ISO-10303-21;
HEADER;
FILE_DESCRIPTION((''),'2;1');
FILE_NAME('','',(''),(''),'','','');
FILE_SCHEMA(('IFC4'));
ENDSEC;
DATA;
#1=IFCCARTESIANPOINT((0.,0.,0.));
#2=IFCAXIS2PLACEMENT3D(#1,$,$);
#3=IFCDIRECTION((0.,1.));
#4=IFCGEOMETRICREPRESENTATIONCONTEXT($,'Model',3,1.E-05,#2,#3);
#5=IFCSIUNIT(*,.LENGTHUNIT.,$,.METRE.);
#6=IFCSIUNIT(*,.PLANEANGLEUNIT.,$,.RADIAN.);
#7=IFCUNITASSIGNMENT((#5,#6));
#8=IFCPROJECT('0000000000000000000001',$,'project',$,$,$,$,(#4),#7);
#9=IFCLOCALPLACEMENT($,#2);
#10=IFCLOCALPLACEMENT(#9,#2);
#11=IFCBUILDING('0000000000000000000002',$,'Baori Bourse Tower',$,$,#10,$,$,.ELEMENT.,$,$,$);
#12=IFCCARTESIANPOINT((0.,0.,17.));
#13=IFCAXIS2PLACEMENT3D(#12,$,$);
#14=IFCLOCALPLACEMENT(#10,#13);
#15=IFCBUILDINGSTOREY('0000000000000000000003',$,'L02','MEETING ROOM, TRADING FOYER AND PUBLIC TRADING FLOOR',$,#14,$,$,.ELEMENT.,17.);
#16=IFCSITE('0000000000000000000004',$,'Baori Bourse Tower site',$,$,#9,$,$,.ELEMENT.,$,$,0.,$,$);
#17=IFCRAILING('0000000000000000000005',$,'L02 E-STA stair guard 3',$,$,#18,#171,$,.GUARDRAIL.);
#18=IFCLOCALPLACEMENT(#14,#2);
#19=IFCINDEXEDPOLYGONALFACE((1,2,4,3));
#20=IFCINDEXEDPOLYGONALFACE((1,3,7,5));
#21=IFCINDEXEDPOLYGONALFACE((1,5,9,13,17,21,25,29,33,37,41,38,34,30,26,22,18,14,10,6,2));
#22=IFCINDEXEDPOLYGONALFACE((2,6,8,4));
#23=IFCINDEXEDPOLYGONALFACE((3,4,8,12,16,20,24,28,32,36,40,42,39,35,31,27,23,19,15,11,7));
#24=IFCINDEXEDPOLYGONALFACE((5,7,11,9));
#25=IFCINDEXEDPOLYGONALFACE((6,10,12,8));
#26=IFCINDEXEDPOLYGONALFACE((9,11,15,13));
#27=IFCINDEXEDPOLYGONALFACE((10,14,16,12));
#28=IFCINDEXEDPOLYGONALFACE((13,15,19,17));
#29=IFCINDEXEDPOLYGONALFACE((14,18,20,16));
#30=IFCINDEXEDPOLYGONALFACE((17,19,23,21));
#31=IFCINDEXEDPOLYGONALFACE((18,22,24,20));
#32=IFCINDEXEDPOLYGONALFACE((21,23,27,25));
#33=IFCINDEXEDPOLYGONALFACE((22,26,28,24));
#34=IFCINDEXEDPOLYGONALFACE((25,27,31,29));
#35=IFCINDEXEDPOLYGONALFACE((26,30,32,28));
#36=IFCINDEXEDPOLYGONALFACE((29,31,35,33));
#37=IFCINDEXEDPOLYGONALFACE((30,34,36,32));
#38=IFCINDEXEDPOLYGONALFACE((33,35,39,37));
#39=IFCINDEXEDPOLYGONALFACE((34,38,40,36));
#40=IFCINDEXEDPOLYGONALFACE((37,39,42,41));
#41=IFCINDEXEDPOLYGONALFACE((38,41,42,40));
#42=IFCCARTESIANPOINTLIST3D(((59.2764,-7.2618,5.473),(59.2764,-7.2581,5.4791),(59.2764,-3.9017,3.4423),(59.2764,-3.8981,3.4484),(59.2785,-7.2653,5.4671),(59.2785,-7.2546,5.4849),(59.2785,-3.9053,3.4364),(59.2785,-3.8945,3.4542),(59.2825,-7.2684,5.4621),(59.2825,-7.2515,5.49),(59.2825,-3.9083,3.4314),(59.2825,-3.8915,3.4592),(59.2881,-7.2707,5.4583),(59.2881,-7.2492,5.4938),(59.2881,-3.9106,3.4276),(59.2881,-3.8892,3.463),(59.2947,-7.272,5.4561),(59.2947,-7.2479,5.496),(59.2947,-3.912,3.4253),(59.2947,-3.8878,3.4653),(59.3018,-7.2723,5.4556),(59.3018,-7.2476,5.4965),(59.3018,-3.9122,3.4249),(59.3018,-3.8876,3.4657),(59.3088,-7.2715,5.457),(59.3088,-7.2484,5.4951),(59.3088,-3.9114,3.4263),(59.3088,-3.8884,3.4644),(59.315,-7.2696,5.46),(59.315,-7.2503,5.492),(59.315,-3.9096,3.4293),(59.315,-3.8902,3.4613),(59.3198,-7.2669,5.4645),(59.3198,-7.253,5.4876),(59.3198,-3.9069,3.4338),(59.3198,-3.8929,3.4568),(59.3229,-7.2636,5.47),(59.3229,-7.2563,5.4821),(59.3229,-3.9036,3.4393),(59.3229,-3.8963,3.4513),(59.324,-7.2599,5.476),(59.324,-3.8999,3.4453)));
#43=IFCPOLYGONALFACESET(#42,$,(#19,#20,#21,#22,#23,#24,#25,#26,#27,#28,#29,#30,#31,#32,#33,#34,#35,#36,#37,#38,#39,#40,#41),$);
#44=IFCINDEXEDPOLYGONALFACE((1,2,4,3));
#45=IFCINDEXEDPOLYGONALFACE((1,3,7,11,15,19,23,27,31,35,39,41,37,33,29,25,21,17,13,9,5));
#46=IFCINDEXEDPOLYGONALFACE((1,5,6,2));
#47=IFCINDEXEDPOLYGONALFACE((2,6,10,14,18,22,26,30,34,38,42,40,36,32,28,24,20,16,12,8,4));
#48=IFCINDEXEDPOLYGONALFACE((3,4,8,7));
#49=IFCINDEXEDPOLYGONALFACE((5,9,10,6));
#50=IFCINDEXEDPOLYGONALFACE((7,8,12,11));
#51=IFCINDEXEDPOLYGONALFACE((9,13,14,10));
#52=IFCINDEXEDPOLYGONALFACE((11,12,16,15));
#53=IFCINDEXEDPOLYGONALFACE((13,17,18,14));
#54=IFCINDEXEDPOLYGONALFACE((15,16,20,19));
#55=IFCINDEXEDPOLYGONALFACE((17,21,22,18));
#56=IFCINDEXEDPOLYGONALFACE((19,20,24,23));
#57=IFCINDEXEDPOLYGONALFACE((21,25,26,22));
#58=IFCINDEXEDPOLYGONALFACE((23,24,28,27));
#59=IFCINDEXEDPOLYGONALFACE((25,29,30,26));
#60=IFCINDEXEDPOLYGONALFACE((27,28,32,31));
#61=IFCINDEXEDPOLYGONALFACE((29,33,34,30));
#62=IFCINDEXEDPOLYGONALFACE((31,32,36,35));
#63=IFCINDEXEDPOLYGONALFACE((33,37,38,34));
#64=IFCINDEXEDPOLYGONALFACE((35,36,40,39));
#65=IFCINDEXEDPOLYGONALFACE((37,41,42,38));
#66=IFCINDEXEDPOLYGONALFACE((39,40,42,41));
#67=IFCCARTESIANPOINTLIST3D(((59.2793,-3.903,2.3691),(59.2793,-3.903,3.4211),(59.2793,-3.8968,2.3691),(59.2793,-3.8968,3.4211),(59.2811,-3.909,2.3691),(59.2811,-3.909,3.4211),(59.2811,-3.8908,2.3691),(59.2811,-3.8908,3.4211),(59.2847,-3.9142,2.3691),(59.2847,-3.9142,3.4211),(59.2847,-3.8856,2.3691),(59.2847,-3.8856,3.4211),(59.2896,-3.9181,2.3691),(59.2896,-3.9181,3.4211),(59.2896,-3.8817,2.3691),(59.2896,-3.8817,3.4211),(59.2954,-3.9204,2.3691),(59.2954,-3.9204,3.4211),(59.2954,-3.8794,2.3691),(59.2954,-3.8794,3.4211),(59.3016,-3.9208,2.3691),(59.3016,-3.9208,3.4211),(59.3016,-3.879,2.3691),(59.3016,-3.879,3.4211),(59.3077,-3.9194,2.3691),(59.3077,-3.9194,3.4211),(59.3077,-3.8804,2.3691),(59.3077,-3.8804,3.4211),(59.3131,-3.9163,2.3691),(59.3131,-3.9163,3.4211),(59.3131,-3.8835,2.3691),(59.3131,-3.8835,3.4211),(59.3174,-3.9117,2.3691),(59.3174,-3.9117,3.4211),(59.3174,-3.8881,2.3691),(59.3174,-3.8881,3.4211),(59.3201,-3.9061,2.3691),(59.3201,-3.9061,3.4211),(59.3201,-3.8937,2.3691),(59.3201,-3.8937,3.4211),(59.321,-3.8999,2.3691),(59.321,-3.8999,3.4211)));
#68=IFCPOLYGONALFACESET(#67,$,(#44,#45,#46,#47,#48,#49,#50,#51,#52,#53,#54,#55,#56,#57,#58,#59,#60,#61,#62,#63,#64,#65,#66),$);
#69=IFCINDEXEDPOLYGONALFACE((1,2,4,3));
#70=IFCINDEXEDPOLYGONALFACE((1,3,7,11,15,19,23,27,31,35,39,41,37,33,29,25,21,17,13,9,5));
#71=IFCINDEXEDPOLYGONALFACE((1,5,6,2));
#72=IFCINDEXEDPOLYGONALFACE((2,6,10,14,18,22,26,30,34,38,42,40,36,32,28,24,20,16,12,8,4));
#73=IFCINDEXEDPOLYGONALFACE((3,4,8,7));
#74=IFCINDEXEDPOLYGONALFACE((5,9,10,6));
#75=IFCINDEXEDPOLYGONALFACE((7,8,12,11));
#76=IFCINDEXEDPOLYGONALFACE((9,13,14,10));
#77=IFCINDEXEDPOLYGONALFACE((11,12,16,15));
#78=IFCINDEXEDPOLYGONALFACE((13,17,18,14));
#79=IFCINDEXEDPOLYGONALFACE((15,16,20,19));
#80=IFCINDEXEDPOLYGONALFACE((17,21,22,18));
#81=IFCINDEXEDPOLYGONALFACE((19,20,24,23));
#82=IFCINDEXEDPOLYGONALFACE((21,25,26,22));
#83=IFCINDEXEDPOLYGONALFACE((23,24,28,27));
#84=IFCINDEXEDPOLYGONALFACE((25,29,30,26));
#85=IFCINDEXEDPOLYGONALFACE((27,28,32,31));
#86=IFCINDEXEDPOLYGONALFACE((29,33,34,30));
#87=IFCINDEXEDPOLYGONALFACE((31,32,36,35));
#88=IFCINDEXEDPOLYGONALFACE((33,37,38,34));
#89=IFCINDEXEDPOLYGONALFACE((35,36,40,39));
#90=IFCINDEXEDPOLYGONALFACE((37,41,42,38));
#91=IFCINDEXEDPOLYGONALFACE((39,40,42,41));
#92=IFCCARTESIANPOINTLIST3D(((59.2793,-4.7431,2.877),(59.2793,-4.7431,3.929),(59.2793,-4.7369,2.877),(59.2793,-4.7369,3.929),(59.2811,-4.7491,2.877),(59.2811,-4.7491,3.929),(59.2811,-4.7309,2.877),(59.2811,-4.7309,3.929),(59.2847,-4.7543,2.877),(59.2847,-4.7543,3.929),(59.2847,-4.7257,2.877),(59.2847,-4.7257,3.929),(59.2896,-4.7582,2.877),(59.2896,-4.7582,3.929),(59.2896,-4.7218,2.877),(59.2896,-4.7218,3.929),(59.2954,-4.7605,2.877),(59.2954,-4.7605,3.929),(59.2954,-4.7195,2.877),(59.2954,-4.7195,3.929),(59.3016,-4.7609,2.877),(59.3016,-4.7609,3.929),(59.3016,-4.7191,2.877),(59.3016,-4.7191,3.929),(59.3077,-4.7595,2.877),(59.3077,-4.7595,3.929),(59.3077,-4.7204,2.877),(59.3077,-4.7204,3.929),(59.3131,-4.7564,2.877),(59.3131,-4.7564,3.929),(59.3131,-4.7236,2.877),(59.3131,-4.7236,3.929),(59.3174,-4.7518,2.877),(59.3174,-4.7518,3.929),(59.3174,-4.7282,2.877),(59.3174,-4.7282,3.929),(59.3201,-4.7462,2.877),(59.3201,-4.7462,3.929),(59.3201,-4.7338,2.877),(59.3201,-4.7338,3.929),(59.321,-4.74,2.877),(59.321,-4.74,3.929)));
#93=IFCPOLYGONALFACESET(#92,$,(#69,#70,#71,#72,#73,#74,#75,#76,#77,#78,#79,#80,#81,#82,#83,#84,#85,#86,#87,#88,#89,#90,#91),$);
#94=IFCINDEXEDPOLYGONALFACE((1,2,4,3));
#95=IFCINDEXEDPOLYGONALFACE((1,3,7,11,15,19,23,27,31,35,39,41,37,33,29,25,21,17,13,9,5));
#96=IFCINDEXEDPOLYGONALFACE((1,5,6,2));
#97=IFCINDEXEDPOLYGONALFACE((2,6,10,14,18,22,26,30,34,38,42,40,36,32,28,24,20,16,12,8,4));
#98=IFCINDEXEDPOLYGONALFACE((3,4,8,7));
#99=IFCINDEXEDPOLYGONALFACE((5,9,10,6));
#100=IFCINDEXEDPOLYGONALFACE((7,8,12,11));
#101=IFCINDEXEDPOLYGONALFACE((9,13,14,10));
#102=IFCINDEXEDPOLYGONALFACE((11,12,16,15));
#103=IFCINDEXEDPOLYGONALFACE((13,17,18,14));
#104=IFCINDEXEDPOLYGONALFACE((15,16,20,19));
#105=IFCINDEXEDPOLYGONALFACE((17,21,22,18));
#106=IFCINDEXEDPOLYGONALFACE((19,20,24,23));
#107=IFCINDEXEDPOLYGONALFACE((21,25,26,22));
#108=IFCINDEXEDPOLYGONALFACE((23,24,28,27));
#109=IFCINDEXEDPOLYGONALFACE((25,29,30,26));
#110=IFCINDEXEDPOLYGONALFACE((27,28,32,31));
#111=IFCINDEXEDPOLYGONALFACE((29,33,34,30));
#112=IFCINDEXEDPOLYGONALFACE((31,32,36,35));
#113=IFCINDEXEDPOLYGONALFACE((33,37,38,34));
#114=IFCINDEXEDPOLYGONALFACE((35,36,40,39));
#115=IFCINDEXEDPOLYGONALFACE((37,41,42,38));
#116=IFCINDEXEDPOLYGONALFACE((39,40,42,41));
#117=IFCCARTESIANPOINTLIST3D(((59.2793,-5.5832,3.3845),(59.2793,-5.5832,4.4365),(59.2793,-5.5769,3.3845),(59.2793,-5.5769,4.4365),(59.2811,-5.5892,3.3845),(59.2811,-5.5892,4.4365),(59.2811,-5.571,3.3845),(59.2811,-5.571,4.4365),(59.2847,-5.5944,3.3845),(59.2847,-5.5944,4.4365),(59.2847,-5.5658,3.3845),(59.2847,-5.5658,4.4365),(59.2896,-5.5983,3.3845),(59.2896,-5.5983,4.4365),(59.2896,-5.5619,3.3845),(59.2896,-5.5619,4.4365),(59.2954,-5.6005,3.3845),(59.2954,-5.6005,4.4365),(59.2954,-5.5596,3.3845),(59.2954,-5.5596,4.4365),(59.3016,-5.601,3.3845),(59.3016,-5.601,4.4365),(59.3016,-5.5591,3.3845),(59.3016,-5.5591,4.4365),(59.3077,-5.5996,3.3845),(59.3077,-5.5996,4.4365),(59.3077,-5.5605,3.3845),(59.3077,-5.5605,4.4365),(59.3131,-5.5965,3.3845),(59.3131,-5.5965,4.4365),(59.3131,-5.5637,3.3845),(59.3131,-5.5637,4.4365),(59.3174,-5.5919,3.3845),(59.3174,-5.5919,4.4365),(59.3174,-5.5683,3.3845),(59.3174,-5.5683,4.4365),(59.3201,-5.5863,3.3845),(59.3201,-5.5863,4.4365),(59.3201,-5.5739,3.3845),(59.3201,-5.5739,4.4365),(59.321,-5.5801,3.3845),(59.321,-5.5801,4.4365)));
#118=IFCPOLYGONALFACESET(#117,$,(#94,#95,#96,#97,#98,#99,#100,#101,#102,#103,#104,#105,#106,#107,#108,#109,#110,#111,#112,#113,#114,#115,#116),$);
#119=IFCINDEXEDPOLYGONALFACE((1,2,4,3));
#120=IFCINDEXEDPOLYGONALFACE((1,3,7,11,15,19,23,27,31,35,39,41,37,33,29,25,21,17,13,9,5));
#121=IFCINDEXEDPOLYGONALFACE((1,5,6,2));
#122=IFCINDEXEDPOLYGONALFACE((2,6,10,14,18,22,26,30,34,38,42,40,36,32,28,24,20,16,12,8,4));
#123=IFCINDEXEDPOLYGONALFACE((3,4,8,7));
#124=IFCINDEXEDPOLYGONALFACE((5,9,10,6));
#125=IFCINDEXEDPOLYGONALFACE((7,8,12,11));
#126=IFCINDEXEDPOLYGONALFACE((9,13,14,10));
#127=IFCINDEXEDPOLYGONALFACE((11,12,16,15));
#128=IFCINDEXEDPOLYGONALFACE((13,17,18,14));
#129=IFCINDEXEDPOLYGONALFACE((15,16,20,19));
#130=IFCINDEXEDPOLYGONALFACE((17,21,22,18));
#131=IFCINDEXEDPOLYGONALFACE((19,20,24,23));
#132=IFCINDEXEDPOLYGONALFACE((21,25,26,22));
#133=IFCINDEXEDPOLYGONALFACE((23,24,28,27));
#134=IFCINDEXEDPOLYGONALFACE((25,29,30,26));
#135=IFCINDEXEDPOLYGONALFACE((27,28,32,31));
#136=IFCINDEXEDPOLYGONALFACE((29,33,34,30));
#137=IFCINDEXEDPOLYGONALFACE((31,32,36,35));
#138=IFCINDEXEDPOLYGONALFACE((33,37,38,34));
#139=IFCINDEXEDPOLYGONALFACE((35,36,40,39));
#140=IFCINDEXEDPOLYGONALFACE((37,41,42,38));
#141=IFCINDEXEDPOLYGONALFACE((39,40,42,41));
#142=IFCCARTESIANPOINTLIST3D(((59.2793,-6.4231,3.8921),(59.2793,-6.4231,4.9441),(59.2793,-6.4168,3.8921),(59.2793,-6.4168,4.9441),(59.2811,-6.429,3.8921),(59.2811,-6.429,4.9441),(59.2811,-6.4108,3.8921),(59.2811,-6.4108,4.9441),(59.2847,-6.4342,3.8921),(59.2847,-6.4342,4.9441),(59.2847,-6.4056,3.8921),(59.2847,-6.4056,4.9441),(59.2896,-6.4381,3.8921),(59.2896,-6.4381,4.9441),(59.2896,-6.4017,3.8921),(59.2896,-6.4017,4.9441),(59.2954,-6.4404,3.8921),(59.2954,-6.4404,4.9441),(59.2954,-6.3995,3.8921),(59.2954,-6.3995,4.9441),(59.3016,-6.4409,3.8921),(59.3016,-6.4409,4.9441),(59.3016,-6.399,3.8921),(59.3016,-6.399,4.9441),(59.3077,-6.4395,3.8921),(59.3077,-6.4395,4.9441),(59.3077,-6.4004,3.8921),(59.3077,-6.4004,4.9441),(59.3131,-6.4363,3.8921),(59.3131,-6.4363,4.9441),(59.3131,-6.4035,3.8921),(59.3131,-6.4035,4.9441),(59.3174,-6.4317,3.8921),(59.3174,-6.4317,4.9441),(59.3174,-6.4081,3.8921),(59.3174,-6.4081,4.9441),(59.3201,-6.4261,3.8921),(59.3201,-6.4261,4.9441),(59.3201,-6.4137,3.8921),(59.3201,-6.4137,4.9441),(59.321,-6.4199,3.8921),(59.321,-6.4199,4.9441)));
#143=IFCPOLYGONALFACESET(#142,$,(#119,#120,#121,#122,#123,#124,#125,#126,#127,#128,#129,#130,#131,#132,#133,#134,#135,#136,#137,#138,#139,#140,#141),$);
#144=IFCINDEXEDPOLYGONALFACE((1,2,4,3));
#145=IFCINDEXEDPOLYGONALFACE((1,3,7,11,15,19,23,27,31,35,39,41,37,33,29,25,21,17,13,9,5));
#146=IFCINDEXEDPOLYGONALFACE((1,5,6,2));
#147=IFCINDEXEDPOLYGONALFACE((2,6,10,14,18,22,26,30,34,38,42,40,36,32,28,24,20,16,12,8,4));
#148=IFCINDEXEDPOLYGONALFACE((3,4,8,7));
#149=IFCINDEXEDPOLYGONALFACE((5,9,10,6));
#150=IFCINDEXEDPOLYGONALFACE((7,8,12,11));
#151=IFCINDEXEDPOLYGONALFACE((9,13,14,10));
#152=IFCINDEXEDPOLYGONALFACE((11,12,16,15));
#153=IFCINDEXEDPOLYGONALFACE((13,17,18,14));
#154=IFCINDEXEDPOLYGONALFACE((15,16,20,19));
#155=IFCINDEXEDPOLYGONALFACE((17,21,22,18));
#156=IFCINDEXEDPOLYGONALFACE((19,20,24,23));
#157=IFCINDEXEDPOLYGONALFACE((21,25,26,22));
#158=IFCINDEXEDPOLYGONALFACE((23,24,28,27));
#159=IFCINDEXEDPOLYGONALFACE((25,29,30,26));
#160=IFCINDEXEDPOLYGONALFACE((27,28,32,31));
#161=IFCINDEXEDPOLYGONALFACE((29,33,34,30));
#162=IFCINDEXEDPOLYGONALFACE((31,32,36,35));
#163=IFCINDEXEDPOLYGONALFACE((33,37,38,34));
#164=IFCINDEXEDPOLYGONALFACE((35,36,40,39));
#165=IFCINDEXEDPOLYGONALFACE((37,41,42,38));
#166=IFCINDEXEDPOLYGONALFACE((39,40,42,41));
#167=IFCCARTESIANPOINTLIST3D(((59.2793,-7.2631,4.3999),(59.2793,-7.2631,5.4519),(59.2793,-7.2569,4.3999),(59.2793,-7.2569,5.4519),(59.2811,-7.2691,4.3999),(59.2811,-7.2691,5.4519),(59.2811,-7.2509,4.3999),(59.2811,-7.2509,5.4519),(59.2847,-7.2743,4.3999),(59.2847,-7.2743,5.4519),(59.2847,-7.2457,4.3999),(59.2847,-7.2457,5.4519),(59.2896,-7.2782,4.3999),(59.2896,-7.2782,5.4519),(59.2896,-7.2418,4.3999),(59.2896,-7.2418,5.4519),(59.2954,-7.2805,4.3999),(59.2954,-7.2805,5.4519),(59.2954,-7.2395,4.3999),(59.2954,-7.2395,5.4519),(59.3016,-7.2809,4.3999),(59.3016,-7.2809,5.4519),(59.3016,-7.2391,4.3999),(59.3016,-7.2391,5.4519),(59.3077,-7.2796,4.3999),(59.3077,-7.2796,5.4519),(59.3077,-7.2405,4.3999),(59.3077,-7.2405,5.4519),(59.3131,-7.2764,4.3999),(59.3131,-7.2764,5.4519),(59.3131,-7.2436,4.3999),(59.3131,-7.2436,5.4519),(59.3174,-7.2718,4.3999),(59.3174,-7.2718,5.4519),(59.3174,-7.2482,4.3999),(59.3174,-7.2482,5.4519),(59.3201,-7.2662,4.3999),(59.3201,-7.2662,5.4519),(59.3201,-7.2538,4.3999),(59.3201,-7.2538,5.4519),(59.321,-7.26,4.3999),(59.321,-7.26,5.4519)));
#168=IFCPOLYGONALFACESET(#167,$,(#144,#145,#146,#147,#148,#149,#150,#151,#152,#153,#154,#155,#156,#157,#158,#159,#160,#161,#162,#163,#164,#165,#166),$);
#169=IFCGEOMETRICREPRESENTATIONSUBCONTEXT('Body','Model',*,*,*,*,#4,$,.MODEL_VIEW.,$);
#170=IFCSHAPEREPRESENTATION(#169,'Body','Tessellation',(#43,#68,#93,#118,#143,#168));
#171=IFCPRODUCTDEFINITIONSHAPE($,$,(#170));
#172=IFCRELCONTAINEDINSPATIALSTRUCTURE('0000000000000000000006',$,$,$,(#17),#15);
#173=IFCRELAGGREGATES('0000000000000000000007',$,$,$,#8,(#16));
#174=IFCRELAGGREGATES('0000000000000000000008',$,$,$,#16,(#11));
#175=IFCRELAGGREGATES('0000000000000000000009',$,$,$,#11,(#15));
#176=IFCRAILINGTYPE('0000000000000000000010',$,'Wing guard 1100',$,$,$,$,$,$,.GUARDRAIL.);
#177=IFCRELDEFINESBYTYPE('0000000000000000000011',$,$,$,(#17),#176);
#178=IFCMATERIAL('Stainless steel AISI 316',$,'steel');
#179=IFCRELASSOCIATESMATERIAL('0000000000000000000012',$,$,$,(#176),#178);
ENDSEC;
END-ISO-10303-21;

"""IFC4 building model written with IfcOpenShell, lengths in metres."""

from ifc_helpers import new_model, si_unit, direction, frame, origin, origin_2d, place, context, subcontext, project, spatial, circle, extrude, material, type_object, element, save


model = new_model("IFC4")

# Units and contexts
model_context = context("Model", 3, precision=1e-05, world=origin(), true_north=direction((0.0, 1.0)))
body_context = subcontext(model_context, "Body", "Model", "MODEL_VIEW")
ifc_project = project(units=[si_unit("LENGTHUNIT", "METRE"), si_unit("PLANEANGLEUNIT", "RADIAN")], contexts=[model_context])

# Site, building, storey
site_placement = place(None, origin())
site = spatial("IfcSite", under=ifc_project, at=site_placement, Name="Baori Bourse Tower site", CompositionType="ELEMENT", RefElevation=0.0)
building_placement = place(site_placement, origin())
building = spatial("IfcBuilding", under=site, at=building_placement, Name="Baori Bourse Tower", CompositionType="ELEMENT")
storey_placement = place(building_placement, frame((0.0, 0.0, 17.0)))
storey = spatial("IfcBuildingStorey", under=building, at=storey_placement, Name="L02", Description="MEETING ROOM, TRADING FOYER AND PUBLIC TRADING FLOOR", CompositionType="ELEMENT", Elevation=17.0)

# Railing
ifc_material_1 = material(Name="Stainless steel AISI 316", Category="steel")
railing_type_1 = type_object("IfcRailingType", Name="Wing guard 1100", PredefinedType="GUARDRAIL", material=ifc_material_1)
railing_1_placement = place(storey_placement, frame((59.3, -3.8999, 2.3691)))
element("IfcRailing", 1, at=railing_1_placement, inside=storey, type_object=railing_type_1, Name="L02 E-STA stair guard 3", PredefinedType="GUARDRAIL", context=body_context, shape_type="SweptSolid", body=[
    extrude(circle(Radius=0.0239, at=origin_2d()), frame((0.0, 0.0, 1.0762), z_axis=(0.0, -0.855837, 0.517246), x_axis=(1.0, 0.0, 0.0)), (0.0, 0.0, 1.0), 3.926),
    extrude(circle(Radius=0.021, at=origin_2d()), origin(), (0.0, 0.0, 1.0), 1.052),
    extrude(circle(Radius=0.021, at=origin_2d()), frame((0.0, -0.8401, 0.5078)), (0.0, 0.0, 1.0), 1.052),
    extrude(circle(Radius=0.021, at=origin_2d()), frame((0.0, -1.6802, 1.0154)), (0.0, 0.0, 1.0), 1.052),
    extrude(circle(Radius=0.021, at=origin_2d()), frame((0.0, -2.52, 1.5229)), (0.0, 0.0, 1.0), 1.052),
    extrude(circle(Radius=0.021, at=origin_2d()), frame((0.0, -3.3601, 2.0308)), (0.0, 0.0, 1.0), 1.052),
])

save(model, "model.ifc")
